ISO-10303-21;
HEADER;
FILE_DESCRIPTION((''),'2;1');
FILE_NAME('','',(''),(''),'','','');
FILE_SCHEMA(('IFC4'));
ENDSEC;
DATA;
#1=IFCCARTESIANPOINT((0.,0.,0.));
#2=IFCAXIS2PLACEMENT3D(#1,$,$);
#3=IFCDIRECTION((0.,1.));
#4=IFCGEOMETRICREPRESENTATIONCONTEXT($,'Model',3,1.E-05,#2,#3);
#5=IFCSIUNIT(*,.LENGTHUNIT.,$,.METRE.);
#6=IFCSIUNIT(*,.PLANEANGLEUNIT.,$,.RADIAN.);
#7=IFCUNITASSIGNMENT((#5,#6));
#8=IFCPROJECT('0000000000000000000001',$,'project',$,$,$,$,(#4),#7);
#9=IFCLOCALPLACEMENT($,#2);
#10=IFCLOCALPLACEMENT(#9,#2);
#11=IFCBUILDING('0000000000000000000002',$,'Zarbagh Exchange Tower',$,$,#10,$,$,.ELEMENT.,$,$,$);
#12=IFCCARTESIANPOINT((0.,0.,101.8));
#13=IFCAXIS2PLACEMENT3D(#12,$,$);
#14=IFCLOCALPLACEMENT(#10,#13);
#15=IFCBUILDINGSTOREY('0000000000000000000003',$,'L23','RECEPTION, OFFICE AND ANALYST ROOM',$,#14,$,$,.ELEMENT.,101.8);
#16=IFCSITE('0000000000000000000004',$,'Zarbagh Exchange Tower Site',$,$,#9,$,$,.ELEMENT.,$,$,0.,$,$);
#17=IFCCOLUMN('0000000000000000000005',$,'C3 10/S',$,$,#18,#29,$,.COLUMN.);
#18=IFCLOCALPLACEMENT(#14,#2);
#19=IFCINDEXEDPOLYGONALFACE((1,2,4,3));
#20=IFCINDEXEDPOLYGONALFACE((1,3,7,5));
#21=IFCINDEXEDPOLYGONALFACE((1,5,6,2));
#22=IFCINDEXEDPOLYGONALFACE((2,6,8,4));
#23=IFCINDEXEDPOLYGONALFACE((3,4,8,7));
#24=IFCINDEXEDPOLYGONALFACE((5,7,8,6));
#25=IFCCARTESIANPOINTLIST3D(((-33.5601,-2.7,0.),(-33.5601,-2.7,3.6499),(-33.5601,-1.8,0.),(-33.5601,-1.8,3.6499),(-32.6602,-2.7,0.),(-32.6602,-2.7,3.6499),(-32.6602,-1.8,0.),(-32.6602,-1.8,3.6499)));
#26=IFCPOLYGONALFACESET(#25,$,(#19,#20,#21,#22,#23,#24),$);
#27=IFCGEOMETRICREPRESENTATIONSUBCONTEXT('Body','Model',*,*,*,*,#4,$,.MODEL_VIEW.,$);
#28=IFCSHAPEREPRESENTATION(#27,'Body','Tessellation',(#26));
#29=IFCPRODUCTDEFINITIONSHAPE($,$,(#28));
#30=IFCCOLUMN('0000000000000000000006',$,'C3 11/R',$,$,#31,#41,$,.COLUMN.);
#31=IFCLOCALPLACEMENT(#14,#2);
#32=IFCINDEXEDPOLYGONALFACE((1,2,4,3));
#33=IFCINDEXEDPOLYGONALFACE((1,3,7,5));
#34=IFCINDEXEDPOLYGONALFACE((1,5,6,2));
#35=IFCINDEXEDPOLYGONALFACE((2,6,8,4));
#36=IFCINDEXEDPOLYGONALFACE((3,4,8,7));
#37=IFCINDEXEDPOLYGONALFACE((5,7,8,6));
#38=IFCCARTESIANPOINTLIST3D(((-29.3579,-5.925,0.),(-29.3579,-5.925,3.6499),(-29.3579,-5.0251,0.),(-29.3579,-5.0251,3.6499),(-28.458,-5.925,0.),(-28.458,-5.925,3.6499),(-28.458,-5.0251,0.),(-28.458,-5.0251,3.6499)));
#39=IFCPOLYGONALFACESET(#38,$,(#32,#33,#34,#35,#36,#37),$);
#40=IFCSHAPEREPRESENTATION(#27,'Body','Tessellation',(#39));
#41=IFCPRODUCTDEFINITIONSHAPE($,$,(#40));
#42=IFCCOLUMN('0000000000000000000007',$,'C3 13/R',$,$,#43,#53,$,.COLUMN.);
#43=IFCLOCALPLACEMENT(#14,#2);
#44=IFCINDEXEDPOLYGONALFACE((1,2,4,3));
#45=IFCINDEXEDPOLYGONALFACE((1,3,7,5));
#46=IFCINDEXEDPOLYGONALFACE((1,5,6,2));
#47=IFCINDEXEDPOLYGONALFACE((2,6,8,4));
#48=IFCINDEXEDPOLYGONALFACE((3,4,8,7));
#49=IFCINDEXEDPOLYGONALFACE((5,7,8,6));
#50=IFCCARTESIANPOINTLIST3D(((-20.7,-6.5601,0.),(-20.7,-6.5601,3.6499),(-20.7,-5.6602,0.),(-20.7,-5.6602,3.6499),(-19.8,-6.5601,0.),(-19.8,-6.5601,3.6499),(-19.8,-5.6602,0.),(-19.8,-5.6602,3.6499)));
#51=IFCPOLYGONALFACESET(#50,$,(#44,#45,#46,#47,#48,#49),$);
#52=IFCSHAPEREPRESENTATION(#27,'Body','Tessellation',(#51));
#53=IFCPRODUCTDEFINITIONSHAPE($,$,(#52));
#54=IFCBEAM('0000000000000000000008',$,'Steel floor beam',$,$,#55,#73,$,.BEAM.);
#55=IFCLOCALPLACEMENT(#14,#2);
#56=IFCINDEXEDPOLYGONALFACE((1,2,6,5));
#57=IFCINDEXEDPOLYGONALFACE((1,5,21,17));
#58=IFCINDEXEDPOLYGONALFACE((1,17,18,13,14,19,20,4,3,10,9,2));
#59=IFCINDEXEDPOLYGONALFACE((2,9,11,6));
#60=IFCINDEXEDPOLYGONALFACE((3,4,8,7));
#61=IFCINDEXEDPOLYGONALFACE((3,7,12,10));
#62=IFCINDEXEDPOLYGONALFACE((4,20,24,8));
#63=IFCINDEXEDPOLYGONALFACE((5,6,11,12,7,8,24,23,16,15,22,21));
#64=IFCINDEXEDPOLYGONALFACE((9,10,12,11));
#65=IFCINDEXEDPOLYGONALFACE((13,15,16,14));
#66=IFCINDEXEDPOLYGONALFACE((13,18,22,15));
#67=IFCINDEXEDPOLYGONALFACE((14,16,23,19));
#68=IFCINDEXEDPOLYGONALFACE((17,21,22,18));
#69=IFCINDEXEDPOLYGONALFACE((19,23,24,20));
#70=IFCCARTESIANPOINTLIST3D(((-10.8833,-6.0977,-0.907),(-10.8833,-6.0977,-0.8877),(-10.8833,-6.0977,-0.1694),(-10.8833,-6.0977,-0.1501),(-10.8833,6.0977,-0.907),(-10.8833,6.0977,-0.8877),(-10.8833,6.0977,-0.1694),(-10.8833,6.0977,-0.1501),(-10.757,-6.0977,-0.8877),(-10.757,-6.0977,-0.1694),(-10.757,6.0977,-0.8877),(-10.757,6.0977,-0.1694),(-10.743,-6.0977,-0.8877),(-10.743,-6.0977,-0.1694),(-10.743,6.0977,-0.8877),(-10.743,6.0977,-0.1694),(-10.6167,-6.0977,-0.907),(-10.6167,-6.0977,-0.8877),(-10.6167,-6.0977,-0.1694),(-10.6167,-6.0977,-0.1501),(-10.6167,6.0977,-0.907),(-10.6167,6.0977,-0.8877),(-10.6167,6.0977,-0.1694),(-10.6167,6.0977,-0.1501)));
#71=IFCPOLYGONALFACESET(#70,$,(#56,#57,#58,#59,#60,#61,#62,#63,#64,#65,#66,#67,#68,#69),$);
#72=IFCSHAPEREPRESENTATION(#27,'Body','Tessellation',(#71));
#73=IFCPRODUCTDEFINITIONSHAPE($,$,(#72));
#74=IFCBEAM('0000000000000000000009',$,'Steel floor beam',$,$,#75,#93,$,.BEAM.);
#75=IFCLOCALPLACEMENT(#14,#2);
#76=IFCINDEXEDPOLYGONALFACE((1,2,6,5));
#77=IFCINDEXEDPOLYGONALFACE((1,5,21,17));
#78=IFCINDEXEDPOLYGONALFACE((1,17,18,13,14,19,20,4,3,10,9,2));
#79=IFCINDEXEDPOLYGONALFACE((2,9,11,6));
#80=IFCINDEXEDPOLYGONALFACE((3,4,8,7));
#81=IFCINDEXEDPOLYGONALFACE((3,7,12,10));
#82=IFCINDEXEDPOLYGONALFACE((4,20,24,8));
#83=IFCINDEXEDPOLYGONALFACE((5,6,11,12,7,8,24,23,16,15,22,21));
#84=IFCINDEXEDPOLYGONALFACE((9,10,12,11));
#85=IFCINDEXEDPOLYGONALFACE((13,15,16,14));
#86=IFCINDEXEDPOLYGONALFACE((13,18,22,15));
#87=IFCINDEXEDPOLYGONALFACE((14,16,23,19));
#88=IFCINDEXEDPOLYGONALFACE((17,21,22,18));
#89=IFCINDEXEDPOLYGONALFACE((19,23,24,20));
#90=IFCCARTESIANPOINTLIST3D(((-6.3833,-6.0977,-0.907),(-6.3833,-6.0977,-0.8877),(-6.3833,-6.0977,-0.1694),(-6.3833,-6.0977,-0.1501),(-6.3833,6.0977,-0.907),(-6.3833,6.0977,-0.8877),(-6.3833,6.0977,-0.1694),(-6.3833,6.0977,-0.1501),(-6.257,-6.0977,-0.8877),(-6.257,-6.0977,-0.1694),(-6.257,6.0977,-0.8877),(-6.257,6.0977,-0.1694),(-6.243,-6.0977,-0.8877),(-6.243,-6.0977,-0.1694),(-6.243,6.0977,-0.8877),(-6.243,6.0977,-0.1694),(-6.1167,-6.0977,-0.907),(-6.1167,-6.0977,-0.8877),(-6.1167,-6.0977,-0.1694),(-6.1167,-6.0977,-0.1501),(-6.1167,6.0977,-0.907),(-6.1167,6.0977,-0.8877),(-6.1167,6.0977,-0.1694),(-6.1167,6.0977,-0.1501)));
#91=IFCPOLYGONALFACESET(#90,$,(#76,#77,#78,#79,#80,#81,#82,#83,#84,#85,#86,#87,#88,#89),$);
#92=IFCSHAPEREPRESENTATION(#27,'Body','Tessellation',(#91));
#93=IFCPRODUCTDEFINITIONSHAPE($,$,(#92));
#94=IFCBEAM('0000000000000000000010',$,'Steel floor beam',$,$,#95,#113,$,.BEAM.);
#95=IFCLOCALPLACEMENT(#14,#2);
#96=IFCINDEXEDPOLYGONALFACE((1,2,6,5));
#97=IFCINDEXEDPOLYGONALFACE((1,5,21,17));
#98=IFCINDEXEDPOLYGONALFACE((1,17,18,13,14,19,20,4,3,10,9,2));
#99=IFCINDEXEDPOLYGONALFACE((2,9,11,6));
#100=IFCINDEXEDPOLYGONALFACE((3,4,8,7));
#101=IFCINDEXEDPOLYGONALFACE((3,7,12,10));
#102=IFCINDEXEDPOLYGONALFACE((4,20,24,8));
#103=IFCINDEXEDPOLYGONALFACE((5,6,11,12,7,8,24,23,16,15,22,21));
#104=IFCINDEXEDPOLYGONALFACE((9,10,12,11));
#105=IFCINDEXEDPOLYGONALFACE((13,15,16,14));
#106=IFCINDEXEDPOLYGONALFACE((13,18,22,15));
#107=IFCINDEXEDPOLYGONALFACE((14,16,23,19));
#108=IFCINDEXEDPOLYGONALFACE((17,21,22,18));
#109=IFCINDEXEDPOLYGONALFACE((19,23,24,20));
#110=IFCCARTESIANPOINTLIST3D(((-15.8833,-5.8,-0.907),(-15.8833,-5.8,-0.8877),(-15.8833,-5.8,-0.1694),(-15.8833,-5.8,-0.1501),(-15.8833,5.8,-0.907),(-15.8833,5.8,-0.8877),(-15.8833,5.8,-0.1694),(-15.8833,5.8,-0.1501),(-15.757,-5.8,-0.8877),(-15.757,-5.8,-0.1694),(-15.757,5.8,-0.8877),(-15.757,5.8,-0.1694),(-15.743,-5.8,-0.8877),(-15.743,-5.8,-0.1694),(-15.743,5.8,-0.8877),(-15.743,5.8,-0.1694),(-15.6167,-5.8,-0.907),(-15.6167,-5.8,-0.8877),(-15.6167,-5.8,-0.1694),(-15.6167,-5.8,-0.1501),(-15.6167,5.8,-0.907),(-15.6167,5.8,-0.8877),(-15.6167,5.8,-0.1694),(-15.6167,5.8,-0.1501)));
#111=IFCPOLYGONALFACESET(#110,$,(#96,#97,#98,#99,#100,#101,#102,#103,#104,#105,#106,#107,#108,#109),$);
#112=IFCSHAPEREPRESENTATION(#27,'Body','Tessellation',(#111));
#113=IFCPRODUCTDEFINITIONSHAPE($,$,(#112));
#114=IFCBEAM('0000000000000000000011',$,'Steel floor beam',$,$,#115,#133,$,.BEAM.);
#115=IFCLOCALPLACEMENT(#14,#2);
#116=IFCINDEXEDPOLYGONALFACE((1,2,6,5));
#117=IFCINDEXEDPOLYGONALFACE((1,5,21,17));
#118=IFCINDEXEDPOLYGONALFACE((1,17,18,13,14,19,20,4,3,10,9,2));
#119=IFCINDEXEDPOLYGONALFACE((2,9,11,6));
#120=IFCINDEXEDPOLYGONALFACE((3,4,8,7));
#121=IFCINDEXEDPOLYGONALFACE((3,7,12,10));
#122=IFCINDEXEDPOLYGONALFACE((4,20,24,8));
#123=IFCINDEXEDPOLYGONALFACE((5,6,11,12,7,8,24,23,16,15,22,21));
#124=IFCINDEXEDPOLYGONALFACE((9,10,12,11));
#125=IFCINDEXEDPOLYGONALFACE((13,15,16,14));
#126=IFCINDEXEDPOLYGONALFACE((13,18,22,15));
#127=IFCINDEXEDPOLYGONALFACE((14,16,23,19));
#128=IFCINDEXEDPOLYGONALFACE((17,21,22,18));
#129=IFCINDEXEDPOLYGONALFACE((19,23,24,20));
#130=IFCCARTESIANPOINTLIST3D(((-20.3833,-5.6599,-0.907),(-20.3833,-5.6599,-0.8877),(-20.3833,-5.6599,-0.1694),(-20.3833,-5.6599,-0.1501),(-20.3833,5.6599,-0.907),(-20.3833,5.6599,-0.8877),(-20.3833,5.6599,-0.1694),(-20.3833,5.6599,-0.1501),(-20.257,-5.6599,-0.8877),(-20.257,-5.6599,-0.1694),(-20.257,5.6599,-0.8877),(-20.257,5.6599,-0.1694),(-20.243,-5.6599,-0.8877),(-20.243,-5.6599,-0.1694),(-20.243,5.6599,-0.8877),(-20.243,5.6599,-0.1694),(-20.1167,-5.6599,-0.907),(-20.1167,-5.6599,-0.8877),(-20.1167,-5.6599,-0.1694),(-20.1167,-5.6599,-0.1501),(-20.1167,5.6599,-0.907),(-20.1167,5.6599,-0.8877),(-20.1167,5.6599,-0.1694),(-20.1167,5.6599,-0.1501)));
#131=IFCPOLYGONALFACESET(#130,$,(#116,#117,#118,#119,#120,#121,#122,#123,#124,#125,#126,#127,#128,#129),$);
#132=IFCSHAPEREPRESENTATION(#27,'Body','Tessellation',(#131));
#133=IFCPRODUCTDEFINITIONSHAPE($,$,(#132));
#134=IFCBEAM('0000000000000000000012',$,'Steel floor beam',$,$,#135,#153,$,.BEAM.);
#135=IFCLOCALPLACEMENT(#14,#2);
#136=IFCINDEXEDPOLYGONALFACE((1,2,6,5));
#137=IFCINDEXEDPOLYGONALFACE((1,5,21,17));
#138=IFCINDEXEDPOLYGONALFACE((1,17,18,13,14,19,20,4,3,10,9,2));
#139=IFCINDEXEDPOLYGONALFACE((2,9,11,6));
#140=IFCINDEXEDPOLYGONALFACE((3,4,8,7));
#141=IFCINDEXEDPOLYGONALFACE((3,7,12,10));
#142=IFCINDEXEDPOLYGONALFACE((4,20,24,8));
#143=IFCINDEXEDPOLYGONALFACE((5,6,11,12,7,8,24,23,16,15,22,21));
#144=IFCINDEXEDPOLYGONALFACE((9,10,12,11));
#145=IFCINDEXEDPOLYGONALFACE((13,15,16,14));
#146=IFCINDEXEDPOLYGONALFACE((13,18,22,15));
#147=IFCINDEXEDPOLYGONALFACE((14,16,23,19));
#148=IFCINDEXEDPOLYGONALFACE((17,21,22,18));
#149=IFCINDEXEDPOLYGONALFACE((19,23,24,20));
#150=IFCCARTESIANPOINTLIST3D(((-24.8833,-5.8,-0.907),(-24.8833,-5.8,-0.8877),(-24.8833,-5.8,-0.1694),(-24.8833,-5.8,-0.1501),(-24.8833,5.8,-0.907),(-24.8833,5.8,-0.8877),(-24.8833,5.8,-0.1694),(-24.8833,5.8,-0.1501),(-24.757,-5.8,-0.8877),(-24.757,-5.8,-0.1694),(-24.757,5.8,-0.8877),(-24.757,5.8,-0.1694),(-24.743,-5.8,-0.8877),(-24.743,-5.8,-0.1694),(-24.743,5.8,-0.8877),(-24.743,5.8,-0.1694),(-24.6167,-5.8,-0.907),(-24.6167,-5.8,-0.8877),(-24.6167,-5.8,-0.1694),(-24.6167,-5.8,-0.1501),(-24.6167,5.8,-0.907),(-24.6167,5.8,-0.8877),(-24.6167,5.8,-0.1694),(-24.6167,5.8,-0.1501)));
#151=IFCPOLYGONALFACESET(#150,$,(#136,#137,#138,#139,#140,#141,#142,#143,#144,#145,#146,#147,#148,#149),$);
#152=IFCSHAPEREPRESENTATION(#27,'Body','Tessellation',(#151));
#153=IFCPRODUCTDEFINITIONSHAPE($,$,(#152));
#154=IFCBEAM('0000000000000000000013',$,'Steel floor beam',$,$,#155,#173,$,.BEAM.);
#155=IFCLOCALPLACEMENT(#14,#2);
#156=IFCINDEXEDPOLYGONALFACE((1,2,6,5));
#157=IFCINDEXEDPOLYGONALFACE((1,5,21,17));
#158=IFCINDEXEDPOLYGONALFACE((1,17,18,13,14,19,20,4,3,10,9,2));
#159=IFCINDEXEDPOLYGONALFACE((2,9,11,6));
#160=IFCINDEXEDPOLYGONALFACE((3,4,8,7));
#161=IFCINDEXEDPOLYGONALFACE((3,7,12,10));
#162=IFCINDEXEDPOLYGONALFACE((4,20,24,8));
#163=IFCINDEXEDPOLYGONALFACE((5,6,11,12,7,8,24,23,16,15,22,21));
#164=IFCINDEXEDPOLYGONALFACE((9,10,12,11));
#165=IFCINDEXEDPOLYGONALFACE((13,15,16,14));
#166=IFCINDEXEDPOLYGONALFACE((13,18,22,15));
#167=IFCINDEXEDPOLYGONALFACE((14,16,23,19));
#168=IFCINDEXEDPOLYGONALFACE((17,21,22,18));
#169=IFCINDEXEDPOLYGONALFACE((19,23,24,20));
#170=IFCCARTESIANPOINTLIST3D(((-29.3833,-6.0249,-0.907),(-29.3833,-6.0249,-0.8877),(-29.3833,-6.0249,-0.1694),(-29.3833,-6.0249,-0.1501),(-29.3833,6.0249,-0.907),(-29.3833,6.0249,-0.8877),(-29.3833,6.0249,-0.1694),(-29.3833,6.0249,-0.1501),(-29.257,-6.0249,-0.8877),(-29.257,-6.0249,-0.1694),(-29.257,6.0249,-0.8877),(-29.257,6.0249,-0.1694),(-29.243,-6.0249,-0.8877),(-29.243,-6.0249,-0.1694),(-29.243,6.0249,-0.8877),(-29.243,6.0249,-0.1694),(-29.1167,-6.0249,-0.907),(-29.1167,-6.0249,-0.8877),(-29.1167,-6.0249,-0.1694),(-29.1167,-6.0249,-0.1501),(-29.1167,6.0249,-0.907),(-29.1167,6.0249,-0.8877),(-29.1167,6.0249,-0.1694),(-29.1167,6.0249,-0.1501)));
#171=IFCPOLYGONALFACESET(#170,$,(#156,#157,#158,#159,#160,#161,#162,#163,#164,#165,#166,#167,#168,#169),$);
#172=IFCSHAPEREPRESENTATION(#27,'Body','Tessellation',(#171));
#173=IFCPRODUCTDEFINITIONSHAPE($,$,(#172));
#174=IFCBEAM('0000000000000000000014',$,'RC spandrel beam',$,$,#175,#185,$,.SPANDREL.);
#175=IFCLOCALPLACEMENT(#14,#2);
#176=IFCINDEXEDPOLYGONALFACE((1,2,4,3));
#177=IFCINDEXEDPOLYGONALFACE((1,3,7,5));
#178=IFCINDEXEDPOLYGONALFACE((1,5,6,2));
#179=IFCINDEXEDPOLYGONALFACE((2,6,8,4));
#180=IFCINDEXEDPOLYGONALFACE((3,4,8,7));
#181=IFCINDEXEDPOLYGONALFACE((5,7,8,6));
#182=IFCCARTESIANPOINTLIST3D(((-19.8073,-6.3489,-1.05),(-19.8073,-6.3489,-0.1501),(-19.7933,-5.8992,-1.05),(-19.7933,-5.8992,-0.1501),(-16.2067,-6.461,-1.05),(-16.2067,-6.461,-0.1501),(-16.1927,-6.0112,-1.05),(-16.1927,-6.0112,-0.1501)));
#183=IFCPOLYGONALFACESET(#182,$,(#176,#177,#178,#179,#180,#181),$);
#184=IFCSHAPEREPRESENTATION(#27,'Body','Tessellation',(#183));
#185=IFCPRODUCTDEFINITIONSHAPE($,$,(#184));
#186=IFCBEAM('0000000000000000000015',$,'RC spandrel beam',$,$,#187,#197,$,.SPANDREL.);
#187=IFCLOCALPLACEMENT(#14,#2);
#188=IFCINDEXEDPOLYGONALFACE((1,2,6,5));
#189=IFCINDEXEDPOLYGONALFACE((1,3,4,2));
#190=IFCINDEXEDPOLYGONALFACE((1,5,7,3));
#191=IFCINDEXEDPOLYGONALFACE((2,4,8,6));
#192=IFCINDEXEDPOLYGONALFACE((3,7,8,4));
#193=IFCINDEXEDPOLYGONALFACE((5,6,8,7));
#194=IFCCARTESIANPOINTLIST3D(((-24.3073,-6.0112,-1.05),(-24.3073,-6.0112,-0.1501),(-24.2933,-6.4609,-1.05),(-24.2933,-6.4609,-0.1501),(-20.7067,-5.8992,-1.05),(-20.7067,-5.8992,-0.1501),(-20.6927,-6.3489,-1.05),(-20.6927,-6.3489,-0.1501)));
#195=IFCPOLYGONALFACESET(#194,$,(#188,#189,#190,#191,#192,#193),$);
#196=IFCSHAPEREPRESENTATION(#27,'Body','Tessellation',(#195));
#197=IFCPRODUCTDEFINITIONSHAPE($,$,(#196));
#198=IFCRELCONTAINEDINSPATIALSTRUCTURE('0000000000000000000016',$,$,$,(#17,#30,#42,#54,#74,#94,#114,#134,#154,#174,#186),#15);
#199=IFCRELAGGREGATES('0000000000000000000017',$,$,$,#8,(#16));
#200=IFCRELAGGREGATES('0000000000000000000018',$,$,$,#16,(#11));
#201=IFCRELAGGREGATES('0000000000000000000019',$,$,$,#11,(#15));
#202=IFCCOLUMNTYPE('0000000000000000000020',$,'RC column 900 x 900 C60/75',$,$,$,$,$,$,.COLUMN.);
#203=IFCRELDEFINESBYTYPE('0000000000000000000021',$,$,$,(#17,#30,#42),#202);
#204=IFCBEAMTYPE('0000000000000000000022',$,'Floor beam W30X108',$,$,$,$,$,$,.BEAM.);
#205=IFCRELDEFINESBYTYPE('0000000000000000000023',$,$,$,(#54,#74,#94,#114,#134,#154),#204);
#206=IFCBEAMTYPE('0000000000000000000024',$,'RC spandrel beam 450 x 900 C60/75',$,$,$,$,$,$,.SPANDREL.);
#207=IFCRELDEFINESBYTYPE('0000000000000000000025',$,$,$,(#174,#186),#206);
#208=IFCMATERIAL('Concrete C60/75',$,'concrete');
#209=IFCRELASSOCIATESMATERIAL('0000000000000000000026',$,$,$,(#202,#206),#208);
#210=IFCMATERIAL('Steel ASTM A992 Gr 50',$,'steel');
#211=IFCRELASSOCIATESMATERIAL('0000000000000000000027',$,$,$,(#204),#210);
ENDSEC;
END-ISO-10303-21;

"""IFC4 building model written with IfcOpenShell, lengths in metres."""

from ifc_helpers import new_model, si_unit, direction, frame, origin, origin_2d, place, context, subcontext, project, spatial, rectangle, i_section, extrude, material, material_profile, profile_set, type_object, element, save


model = new_model("IFC4")

# Units and contexts
model_context = context("Model", 3, precision=1e-05, world=origin(), true_north=direction((0.0, 1.0)))
body_context = subcontext(model_context, "Body", "Model", "MODEL_VIEW")
ifc_project = project(units=[si_unit("LENGTHUNIT", "METRE"), si_unit("PLANEANGLEUNIT", "RADIAN")], contexts=[model_context])

# Site, building, storey
site_placement = place(None, origin())
site = spatial("IfcSite", under=ifc_project, at=site_placement, Name="Zarbagh Exchange Tower Site", CompositionType="ELEMENT", RefElevation=0.0)
building_placement = place(site_placement, origin())
building = spatial("IfcBuilding", under=site, at=building_placement, Name="Zarbagh Exchange Tower", CompositionType="ELEMENT")
storey_placement = place(building_placement, frame((0.0, 0.0, 101.8)))
storey = spatial("IfcBuildingStorey", under=building, at=storey_placement, Name="L23", Description="RECEPTION, OFFICE AND ANALYST ROOM", CompositionType="ELEMENT", Elevation=101.8)

# Columns
ifc_material_1 = material(Name="Concrete C60/75", Category="concrete")
ifc_material_profile_1 = material_profile(ifc_material_1, rectangle(XDim=0.8999, YDim=0.8999, at=origin_2d()), Name="RC column 900 x 900 C60/75")
ifc_profile_set_1 = profile_set([ifc_material_profile_1], Name="Concrete C60/75")
column_type = type_object("IfcColumnType", Name="RC column 900 x 900 C60/75", PredefinedType="COLUMN", material=ifc_profile_set_1)
for number, where, z_axis, x_axis, name in (
    (1, (-33.1101, -2.25, 0.0), (0.0, 0.0, 1.0), (1.0, 0.0, 0.0), "C3 10/S"),
    (2, (-28.908, -5.4751, 0.0), (0.0, 0.0, 1.0), (1.0, 0.0, 0.0), "C3 11/R"),
    (3, (-20.25, -6.1101, 0.0), (0.0, 0.0, 1.0), (1.0, 0.0, 0.0), "C3 13/R"),
):
    element("IfcColumn", number, at=place(storey_placement, frame(where, z_axis=z_axis, x_axis=x_axis)), inside=storey, type_object=column_type, Name=name, PredefinedType="COLUMN", context=body_context, shape_type="SweptSolid", body=[
        extrude(rectangle(XDim=0.8999, YDim=0.8999, at=origin_2d()), origin(), (0.0, 0.0, 1.0), 3.6499),
    ])

# Beams
ifc_material_2 = material(Name="Steel ASTM A992 Gr 50", Category="steel")
ifc_material_profile_2 = material_profile(ifc_material_2, i_section(OverallWidth=0.2666, OverallDepth=0.7568, WebThickness=0.0139, FlangeThickness=0.0193, at=origin_2d()), Name="W30X108")
ifc_profile_set_2 = profile_set([ifc_material_profile_2], Name="Steel ASTM A992 Gr 50")
beam_type_1 = type_object("IfcBeamType", Name="Floor beam W30X108", PredefinedType="BEAM", material=ifc_profile_set_2)
for number, where, z_axis, x_axis, name in (
    (4, (-10.75, -6.0977, -0.5286), (0.0, 1.0, 0.0), (-1.0, 0.0, 0.0), "Steel floor beam"),
    (5, (-6.25, -6.0977, -0.5286), (0.0, 1.0, 0.0), (-1.0, 0.0, 0.0), "Steel floor beam"),
):
    element("IfcBeam", number, at=place(storey_placement, frame(where, z_axis=z_axis, x_axis=x_axis)), inside=storey, type_object=beam_type_1, Name=name, PredefinedType="BEAM", context=body_context, shape_type="SweptSolid", body=[
        extrude(i_section(OverallWidth=0.2666, OverallDepth=0.7568, WebThickness=0.0139, FlangeThickness=0.0193, at=origin_2d()), origin(), (0.0, 0.0, 1.0), 12.1953),
    ])
beam_1_placement = place(storey_placement, frame((-15.75, -5.8, -0.5286), z_axis=(0.0, 1.0, 0.0), x_axis=(-1.0, 0.0, 0.0)))
element("IfcBeam", 6, at=beam_1_placement, inside=storey, type_object=beam_type_1, Name="Steel floor beam", PredefinedType="BEAM", context=body_context, shape_type="SweptSolid", body=[
    extrude(i_section(OverallWidth=0.2666, OverallDepth=0.7568, WebThickness=0.0139, FlangeThickness=0.0193, at=origin_2d()), origin(), (0.0, 0.0, 1.0), 11.6001),
])
beam_2_placement = place(storey_placement, frame((-20.25, -5.6599, -0.5286), z_axis=(0.0, 1.0, 0.0), x_axis=(-1.0, 0.0, 0.0)))
element("IfcBeam", 7, at=beam_2_placement, inside=storey, type_object=beam_type_1, Name="Steel floor beam", PredefinedType="BEAM", context=body_context, shape_type="SweptSolid", body=[
    extrude(i_section(OverallWidth=0.2666, OverallDepth=0.7568, WebThickness=0.0139, FlangeThickness=0.0193, at=origin_2d()), origin(), (0.0, 0.0, 1.0), 11.3198),
])
beam_3_placement = place(storey_placement, frame((-24.75, -5.8, -0.5286), z_axis=(0.0, 1.0, 0.0), x_axis=(-1.0, 0.0, 0.0)))
element("IfcBeam", 8, at=beam_3_placement, inside=storey, type_object=beam_type_1, Name="Steel floor beam", PredefinedType="BEAM", context=body_context, shape_type="SweptSolid", body=[
    extrude(i_section(OverallWidth=0.2666, OverallDepth=0.7568, WebThickness=0.0139, FlangeThickness=0.0193, at=origin_2d()), origin(), (0.0, 0.0, 1.0), 11.6001),
])
beam_4_placement = place(storey_placement, frame((-29.25, -6.0249, -0.5286), z_axis=(0.0, 1.0, 0.0), x_axis=(-1.0, 0.0, 0.0)))
element("IfcBeam", 9, at=beam_4_placement, inside=storey, type_object=beam_type_1, Name="Steel floor beam", PredefinedType="BEAM", context=body_context, shape_type="SweptSolid", body=[
    extrude(i_section(OverallWidth=0.2666, OverallDepth=0.7568, WebThickness=0.0139, FlangeThickness=0.0193, at=origin_2d()), origin(), (0.0, 0.0, 1.0), 12.0498),
])
ifc_material_profile_3 = material_profile(ifc_material_1, rectangle(XDim=0.45, YDim=0.8999, at=origin_2d()), Name="RC spandrel beam 450 x 900 C60/75")
ifc_profile_set_3 = profile_set([ifc_material_profile_3], Name="Concrete C60/75")
beam_type_2 = type_object("IfcBeamType", Name="RC spandrel beam 450 x 900 C60/75", PredefinedType="SPANDREL", material=ifc_profile_set_3)
for number, where, z_axis, x_axis, name in (
    (10, (-16.1997, -6.2361, -0.6001), (-0.999516, 0.031108, 0.0), (-0.031108, -0.999516, 0.0), "RC spandrel beam"),
    (11, (-20.6997, -6.124, -0.6001), (-0.999516, -0.031108, 0.0), (0.031108, -0.999516, 0.0), "RC spandrel beam"),
):
    element("IfcBeam", number, at=place(storey_placement, frame(where, z_axis=z_axis, x_axis=x_axis)), inside=storey, type_object=beam_type_2, Name=name, PredefinedType="SPANDREL", context=body_context, shape_type="SweptSolid", body=[
        extrude(rectangle(XDim=0.45, YDim=0.8999, at=origin_2d()), origin(), (0.0, 0.0, 1.0), 3.6023),
    ])

save(model, "model.ifc")
